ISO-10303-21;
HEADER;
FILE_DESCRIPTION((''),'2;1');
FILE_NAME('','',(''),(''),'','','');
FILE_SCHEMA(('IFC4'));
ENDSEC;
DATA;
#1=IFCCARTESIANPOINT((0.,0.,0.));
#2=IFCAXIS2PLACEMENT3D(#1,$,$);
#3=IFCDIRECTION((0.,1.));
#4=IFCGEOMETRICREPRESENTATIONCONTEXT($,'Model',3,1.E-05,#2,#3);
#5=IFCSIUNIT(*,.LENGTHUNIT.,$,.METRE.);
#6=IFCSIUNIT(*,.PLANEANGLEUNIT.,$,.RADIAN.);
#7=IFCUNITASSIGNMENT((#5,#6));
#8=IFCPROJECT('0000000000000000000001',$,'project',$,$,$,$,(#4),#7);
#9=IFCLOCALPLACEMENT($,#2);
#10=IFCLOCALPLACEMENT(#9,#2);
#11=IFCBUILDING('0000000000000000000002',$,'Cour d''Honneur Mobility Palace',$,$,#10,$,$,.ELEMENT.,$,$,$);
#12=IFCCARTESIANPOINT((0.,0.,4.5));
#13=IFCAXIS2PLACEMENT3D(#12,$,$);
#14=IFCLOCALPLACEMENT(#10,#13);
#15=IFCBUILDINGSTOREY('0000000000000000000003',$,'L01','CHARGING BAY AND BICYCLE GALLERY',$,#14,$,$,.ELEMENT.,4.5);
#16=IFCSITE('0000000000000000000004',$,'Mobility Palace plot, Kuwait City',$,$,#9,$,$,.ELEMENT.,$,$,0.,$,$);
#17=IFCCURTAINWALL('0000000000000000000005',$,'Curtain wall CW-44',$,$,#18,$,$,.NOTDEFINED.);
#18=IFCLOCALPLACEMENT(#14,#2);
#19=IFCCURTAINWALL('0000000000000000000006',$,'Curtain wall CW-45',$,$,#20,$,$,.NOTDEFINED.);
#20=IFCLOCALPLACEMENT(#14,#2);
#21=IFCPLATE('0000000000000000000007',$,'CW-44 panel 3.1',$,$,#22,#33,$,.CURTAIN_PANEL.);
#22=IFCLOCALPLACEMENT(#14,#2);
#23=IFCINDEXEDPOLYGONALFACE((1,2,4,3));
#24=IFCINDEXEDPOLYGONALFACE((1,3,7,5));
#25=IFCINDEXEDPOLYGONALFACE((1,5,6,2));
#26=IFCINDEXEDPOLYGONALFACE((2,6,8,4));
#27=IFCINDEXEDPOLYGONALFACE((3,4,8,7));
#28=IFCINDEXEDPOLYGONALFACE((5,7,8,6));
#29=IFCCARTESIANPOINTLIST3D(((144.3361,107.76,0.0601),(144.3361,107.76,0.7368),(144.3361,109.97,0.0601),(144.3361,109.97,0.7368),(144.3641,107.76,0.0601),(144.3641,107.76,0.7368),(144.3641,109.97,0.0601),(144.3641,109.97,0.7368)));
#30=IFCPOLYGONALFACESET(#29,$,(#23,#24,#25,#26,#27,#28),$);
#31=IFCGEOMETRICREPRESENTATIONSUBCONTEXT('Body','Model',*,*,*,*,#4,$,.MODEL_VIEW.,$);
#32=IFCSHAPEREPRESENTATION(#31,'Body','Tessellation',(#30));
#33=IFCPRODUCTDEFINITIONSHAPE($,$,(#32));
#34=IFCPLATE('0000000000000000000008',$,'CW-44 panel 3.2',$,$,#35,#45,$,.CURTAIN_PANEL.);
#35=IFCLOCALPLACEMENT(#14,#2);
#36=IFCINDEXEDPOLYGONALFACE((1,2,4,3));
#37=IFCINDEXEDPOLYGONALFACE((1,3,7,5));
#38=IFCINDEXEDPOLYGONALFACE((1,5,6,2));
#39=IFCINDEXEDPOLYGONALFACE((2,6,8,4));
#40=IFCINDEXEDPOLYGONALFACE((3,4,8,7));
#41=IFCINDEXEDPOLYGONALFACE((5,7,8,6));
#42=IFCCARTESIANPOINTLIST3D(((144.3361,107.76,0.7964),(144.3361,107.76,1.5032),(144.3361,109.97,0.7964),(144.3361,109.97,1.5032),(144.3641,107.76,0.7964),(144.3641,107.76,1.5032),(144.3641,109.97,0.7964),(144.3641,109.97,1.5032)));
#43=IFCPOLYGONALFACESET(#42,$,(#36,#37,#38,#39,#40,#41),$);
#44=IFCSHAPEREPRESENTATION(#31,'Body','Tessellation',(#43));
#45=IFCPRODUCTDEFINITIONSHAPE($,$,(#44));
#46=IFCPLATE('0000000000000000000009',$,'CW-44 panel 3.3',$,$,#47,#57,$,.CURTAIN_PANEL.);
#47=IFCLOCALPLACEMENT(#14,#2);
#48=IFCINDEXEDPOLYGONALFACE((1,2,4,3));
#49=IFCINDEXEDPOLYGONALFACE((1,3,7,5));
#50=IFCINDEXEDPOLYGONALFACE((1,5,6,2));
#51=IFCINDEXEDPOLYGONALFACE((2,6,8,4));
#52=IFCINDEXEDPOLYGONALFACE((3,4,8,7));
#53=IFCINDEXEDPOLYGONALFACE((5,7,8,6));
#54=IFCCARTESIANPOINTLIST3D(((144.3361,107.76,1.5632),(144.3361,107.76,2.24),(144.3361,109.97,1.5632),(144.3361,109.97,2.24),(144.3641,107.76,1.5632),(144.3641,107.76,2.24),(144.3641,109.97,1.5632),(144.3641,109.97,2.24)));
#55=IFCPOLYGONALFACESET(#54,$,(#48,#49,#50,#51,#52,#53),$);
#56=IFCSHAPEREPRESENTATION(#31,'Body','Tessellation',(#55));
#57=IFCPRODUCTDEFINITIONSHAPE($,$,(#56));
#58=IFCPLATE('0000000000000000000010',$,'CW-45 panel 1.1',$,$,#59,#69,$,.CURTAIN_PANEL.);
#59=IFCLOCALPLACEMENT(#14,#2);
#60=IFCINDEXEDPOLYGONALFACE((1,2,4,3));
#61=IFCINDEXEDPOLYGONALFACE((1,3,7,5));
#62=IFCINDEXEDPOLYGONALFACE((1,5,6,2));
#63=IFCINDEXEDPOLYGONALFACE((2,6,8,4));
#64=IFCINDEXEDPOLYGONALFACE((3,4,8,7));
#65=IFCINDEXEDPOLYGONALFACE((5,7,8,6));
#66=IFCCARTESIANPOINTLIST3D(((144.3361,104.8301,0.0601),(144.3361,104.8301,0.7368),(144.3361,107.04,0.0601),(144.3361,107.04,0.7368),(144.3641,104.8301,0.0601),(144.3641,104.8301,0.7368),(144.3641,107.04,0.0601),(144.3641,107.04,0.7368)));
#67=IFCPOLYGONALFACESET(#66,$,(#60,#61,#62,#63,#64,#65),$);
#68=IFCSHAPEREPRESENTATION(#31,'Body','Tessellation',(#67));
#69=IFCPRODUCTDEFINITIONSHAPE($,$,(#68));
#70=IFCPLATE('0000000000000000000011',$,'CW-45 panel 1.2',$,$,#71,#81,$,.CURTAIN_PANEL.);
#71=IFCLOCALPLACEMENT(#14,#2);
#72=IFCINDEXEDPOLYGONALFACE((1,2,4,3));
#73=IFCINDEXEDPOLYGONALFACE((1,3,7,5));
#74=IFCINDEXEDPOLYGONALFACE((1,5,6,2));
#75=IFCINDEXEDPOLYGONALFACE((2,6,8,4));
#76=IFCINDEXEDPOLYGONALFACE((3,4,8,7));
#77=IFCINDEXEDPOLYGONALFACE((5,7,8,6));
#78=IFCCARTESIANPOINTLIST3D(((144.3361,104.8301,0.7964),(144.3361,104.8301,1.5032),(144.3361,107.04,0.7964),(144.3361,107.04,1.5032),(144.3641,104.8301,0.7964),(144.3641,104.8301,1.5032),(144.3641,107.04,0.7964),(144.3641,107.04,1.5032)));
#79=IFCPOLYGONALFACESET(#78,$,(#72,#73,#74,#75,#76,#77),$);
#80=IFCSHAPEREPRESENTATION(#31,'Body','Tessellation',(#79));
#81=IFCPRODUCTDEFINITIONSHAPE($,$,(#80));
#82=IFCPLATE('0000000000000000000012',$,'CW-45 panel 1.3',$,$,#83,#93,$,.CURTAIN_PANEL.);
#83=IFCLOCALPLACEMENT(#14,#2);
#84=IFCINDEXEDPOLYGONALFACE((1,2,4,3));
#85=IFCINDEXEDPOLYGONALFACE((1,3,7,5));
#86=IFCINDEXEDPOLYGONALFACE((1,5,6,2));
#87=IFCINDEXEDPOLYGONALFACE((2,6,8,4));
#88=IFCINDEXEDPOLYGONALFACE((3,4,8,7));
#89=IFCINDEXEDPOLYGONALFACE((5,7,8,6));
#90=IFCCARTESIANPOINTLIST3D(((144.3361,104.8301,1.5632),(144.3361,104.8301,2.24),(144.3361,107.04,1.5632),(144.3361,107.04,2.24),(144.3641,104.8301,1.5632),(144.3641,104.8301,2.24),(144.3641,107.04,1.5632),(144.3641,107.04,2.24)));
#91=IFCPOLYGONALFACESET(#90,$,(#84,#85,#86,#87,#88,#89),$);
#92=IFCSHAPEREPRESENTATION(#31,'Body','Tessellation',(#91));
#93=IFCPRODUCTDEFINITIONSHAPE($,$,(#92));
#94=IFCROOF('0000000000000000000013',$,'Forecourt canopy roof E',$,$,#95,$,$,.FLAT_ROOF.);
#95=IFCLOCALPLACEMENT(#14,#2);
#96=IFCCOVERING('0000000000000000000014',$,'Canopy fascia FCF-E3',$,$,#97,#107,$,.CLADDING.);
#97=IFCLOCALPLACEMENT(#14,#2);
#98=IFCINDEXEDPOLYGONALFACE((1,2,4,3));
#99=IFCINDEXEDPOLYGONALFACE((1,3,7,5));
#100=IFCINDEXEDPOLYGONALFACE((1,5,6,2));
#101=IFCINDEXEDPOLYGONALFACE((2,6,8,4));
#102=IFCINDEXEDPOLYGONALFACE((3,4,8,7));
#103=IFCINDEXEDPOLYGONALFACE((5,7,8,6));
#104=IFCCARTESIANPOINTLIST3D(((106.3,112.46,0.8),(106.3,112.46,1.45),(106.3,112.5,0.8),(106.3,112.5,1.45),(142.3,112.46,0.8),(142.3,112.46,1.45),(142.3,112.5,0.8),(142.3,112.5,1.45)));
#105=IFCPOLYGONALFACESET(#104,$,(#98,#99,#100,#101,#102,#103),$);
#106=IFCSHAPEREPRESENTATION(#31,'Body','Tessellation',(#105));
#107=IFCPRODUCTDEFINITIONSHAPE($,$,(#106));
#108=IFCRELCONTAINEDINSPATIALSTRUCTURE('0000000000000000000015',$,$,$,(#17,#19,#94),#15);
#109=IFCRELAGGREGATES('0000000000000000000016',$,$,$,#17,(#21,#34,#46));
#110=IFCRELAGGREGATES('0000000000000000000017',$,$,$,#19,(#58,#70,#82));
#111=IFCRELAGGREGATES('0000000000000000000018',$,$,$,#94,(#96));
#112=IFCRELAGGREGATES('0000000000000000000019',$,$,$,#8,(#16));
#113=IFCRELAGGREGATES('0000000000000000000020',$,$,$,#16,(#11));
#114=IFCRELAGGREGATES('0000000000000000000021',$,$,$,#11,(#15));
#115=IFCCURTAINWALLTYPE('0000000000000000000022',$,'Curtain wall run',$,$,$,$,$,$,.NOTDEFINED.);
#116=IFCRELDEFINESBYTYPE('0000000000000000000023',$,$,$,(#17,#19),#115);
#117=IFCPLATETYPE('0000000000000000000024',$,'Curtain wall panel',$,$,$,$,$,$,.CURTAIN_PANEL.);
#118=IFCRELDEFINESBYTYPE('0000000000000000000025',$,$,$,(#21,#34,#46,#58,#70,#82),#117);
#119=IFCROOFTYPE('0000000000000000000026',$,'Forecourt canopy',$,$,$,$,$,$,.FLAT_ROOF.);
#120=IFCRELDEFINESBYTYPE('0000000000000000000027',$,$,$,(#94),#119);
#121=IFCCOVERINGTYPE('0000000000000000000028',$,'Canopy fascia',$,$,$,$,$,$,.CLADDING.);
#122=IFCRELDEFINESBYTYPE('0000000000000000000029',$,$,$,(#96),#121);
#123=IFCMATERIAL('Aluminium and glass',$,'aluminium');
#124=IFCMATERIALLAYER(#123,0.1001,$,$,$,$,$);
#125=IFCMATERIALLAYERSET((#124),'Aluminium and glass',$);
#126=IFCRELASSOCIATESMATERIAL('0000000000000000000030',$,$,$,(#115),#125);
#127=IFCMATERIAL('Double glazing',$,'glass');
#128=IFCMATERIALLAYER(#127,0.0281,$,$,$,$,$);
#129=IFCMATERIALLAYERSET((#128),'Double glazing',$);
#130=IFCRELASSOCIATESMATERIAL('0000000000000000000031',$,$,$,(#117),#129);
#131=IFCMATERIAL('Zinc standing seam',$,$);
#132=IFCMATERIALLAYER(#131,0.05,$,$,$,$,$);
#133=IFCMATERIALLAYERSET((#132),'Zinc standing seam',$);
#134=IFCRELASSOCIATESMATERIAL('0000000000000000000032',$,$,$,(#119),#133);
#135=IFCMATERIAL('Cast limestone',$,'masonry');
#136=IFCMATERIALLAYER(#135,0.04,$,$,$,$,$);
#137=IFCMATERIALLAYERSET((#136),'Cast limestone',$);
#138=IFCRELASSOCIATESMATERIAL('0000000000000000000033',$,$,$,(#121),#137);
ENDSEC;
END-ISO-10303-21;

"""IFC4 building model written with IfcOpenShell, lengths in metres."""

from ifc_helpers import new_model, si_unit, direction, frame, origin, origin_2d, place, context, subcontext, project, spatial, polyline, rectangle, outline, extrude, material, layer, layer_set, type_object, element, aggregate, save


model = new_model("IFC4")

# Units and contexts
model_context = context("Model", 3, precision=1e-05, world=origin(), true_north=direction((0.0, 1.0)))
body_context = subcontext(model_context, "Body", "Model", "MODEL_VIEW")
ifc_project = project(units=[si_unit("LENGTHUNIT", "METRE"), si_unit("PLANEANGLEUNIT", "RADIAN")], contexts=[model_context])

# Site, building, storey
site_placement = place(None, origin())
site = spatial("IfcSite", under=ifc_project, at=site_placement, Name="Mobility Palace plot, Kuwait City", CompositionType="ELEMENT", RefElevation=0.0)
building_placement = place(site_placement, origin())
building = spatial("IfcBuilding", under=site, at=building_placement, Name="Cour d'Honneur Mobility Palace", CompositionType="ELEMENT")
storey_placement = place(building_placement, frame((0.0, 0.0, 4.5)))
storey = spatial("IfcBuildingStorey", under=building, at=storey_placement, Name="L01", Description="CHARGING BAY AND BICYCLE GALLERY", CompositionType="ELEMENT", Elevation=4.5)

# Curtain walls
ifc_material_1 = material(Name="Aluminium and glass", Category="aluminium")
ifc_layer_1 = layer(ifc_material_1, 0.1001)
ifc_layer_set_1 = layer_set([ifc_layer_1], Name="Aluminium and glass")
curtain_wall_type = type_object("IfcCurtainWallType", Name="Curtain wall run", PredefinedType="NOTDEFINED", material=ifc_layer_set_1)
curtain_wall_1_placement = place(storey_placement, origin())
curtain_wall_1 = element("IfcCurtainWall", 1, at=curtain_wall_1_placement, inside=storey, type_object=curtain_wall_type, Name="Curtain wall CW-44", PredefinedType="NOTDEFINED")
curtain_wall_2_placement = place(storey_placement, origin())
curtain_wall_2 = element("IfcCurtainWall", 2, at=curtain_wall_2_placement, inside=storey, type_object=curtain_wall_type, Name="Curtain wall CW-45", PredefinedType="NOTDEFINED")

# Plates
ifc_material_2 = material(Name="Double glazing", Category="glass")
ifc_layer_2 = layer(ifc_material_2, 0.0281)
ifc_layer_set_2 = layer_set([ifc_layer_2], Name="Double glazing")
plate_type = type_object("IfcPlateType", Name="Curtain wall panel", PredefinedType="CURTAIN_PANEL", material=ifc_layer_set_2)
plate_1_placement = place(storey_placement, frame((144.3501, 108.865, 0.0601), z_axis=(0.0, 0.0, 1.0), x_axis=(0.0, -1.0, 0.0)))
plate_1 = element("IfcPlate", 3, at=plate_1_placement, type_object=plate_type, Name="CW-44 panel 3.1", PredefinedType="CURTAIN_PANEL", context=body_context, shape_type="SweptSolid", body=[
    extrude(rectangle(XDim=2.21, YDim=0.0281, at=origin_2d()), origin(), (0.0, 0.0, 1.0), 0.6768),
])
plate_2_placement = place(storey_placement, frame((144.3501, 108.865, 0.7964), z_axis=(0.0, 0.0, 1.0), x_axis=(0.0, -1.0, 0.0)))
plate_2 = element("IfcPlate", 4, at=plate_2_placement, type_object=plate_type, Name="CW-44 panel 3.2", PredefinedType="CURTAIN_PANEL", context=body_context, shape_type="SweptSolid", body=[
    extrude(rectangle(XDim=2.21, YDim=0.0281, at=origin_2d()), origin(), (0.0, 0.0, 1.0), 0.7068),
])
plate_3_placement = place(storey_placement, frame((144.3501, 108.865, 1.5632), z_axis=(0.0, 0.0, 1.0), x_axis=(0.0, -1.0, 0.0)))
plate_3 = element("IfcPlate", 5, at=plate_3_placement, type_object=plate_type, Name="CW-44 panel 3.3", PredefinedType="CURTAIN_PANEL", context=body_context, shape_type="SweptSolid", body=[
    extrude(rectangle(XDim=2.21, YDim=0.0281, at=origin_2d()), origin(), (0.0, 0.0, 1.0), 0.6768),
])
aggregate(curtain_wall_1, [plate_1, plate_2, plate_3])
plate_4_placement = place(storey_placement, frame((144.3501, 105.9351, 0.0601), z_axis=(0.0, 0.0, 1.0), x_axis=(0.0, -1.0, 0.0)))
plate_4 = element("IfcPlate", 6, at=plate_4_placement, type_object=plate_type, Name="CW-45 panel 1.1", PredefinedType="CURTAIN_PANEL", context=body_context, shape_type="SweptSolid", body=[
    extrude(rectangle(XDim=2.21, YDim=0.0281, at=origin_2d()), origin(), (0.0, 0.0, 1.0), 0.6768),
])
plate_5_placement = place(storey_placement, frame((144.3501, 105.9351, 0.7964), z_axis=(0.0, 0.0, 1.0), x_axis=(0.0, -1.0, 0.0)))
plate_5 = element("IfcPlate", 7, at=plate_5_placement, type_object=plate_type, Name="CW-45 panel 1.2", PredefinedType="CURTAIN_PANEL", context=body_context, shape_type="SweptSolid", body=[
    extrude(rectangle(XDim=2.21, YDim=0.0281, at=origin_2d()), origin(), (0.0, 0.0, 1.0), 0.7068),
])
plate_6_placement = place(storey_placement, frame((144.3501, 105.9351, 1.5632), z_axis=(0.0, 0.0, 1.0), x_axis=(0.0, -1.0, 0.0)))
plate_6 = element("IfcPlate", 8, at=plate_6_placement, type_object=plate_type, Name="CW-45 panel 1.3", PredefinedType="CURTAIN_PANEL", context=body_context, shape_type="SweptSolid", body=[
    extrude(rectangle(XDim=2.21, YDim=0.0281, at=origin_2d()), origin(), (0.0, 0.0, 1.0), 0.6768),
])
aggregate(curtain_wall_2, [plate_4, plate_5, plate_6])

# Roof, covering
ifc_material_3 = material(Name="Zinc standing seam")
ifc_layer_3 = layer(ifc_material_3, 0.05)
ifc_layer_set_3 = layer_set([ifc_layer_3], Name="Zinc standing seam")
roof_type = type_object("IfcRoofType", Name="Forecourt canopy", PredefinedType="FLAT_ROOF", material=ifc_layer_set_3)
roof_placement = place(storey_placement, origin())
roof = element("IfcRoof", 9, at=roof_placement, inside=storey, type_object=roof_type, Name="Forecourt canopy roof E", PredefinedType="FLAT_ROOF")
ifc_material_4 = material(Name="Cast limestone", Category="masonry")
ifc_layer_4 = layer(ifc_material_4, 0.04)
ifc_layer_set_4 = layer_set([ifc_layer_4], Name="Cast limestone")
covering_type = type_object("IfcCoveringType", Name="Canopy fascia", PredefinedType="CLADDING", material=ifc_layer_set_4)
covering_placement = place(storey_placement, frame((142.3, 112.5, 0.8), z_axis=(0.0, 1.0, 0.0), x_axis=(-1.0, 0.0, 0.0)))
covering = element("IfcCovering", 10, at=covering_placement, type_object=covering_type, Name="Canopy fascia FCF-E3", PredefinedType="CLADDING", context=body_context, shape_type="SweptSolid", body=[
    extrude(outline(polyline([(0.0, 0.0), (36.0, 0.0), (36.0, 0.6499), (0.0, 0.6499), (0.0, 0.0)])), origin(), (0.0, 0.0, -1.0), 0.04),
])
aggregate(roof, [covering])

save(model, "model.ifc")
